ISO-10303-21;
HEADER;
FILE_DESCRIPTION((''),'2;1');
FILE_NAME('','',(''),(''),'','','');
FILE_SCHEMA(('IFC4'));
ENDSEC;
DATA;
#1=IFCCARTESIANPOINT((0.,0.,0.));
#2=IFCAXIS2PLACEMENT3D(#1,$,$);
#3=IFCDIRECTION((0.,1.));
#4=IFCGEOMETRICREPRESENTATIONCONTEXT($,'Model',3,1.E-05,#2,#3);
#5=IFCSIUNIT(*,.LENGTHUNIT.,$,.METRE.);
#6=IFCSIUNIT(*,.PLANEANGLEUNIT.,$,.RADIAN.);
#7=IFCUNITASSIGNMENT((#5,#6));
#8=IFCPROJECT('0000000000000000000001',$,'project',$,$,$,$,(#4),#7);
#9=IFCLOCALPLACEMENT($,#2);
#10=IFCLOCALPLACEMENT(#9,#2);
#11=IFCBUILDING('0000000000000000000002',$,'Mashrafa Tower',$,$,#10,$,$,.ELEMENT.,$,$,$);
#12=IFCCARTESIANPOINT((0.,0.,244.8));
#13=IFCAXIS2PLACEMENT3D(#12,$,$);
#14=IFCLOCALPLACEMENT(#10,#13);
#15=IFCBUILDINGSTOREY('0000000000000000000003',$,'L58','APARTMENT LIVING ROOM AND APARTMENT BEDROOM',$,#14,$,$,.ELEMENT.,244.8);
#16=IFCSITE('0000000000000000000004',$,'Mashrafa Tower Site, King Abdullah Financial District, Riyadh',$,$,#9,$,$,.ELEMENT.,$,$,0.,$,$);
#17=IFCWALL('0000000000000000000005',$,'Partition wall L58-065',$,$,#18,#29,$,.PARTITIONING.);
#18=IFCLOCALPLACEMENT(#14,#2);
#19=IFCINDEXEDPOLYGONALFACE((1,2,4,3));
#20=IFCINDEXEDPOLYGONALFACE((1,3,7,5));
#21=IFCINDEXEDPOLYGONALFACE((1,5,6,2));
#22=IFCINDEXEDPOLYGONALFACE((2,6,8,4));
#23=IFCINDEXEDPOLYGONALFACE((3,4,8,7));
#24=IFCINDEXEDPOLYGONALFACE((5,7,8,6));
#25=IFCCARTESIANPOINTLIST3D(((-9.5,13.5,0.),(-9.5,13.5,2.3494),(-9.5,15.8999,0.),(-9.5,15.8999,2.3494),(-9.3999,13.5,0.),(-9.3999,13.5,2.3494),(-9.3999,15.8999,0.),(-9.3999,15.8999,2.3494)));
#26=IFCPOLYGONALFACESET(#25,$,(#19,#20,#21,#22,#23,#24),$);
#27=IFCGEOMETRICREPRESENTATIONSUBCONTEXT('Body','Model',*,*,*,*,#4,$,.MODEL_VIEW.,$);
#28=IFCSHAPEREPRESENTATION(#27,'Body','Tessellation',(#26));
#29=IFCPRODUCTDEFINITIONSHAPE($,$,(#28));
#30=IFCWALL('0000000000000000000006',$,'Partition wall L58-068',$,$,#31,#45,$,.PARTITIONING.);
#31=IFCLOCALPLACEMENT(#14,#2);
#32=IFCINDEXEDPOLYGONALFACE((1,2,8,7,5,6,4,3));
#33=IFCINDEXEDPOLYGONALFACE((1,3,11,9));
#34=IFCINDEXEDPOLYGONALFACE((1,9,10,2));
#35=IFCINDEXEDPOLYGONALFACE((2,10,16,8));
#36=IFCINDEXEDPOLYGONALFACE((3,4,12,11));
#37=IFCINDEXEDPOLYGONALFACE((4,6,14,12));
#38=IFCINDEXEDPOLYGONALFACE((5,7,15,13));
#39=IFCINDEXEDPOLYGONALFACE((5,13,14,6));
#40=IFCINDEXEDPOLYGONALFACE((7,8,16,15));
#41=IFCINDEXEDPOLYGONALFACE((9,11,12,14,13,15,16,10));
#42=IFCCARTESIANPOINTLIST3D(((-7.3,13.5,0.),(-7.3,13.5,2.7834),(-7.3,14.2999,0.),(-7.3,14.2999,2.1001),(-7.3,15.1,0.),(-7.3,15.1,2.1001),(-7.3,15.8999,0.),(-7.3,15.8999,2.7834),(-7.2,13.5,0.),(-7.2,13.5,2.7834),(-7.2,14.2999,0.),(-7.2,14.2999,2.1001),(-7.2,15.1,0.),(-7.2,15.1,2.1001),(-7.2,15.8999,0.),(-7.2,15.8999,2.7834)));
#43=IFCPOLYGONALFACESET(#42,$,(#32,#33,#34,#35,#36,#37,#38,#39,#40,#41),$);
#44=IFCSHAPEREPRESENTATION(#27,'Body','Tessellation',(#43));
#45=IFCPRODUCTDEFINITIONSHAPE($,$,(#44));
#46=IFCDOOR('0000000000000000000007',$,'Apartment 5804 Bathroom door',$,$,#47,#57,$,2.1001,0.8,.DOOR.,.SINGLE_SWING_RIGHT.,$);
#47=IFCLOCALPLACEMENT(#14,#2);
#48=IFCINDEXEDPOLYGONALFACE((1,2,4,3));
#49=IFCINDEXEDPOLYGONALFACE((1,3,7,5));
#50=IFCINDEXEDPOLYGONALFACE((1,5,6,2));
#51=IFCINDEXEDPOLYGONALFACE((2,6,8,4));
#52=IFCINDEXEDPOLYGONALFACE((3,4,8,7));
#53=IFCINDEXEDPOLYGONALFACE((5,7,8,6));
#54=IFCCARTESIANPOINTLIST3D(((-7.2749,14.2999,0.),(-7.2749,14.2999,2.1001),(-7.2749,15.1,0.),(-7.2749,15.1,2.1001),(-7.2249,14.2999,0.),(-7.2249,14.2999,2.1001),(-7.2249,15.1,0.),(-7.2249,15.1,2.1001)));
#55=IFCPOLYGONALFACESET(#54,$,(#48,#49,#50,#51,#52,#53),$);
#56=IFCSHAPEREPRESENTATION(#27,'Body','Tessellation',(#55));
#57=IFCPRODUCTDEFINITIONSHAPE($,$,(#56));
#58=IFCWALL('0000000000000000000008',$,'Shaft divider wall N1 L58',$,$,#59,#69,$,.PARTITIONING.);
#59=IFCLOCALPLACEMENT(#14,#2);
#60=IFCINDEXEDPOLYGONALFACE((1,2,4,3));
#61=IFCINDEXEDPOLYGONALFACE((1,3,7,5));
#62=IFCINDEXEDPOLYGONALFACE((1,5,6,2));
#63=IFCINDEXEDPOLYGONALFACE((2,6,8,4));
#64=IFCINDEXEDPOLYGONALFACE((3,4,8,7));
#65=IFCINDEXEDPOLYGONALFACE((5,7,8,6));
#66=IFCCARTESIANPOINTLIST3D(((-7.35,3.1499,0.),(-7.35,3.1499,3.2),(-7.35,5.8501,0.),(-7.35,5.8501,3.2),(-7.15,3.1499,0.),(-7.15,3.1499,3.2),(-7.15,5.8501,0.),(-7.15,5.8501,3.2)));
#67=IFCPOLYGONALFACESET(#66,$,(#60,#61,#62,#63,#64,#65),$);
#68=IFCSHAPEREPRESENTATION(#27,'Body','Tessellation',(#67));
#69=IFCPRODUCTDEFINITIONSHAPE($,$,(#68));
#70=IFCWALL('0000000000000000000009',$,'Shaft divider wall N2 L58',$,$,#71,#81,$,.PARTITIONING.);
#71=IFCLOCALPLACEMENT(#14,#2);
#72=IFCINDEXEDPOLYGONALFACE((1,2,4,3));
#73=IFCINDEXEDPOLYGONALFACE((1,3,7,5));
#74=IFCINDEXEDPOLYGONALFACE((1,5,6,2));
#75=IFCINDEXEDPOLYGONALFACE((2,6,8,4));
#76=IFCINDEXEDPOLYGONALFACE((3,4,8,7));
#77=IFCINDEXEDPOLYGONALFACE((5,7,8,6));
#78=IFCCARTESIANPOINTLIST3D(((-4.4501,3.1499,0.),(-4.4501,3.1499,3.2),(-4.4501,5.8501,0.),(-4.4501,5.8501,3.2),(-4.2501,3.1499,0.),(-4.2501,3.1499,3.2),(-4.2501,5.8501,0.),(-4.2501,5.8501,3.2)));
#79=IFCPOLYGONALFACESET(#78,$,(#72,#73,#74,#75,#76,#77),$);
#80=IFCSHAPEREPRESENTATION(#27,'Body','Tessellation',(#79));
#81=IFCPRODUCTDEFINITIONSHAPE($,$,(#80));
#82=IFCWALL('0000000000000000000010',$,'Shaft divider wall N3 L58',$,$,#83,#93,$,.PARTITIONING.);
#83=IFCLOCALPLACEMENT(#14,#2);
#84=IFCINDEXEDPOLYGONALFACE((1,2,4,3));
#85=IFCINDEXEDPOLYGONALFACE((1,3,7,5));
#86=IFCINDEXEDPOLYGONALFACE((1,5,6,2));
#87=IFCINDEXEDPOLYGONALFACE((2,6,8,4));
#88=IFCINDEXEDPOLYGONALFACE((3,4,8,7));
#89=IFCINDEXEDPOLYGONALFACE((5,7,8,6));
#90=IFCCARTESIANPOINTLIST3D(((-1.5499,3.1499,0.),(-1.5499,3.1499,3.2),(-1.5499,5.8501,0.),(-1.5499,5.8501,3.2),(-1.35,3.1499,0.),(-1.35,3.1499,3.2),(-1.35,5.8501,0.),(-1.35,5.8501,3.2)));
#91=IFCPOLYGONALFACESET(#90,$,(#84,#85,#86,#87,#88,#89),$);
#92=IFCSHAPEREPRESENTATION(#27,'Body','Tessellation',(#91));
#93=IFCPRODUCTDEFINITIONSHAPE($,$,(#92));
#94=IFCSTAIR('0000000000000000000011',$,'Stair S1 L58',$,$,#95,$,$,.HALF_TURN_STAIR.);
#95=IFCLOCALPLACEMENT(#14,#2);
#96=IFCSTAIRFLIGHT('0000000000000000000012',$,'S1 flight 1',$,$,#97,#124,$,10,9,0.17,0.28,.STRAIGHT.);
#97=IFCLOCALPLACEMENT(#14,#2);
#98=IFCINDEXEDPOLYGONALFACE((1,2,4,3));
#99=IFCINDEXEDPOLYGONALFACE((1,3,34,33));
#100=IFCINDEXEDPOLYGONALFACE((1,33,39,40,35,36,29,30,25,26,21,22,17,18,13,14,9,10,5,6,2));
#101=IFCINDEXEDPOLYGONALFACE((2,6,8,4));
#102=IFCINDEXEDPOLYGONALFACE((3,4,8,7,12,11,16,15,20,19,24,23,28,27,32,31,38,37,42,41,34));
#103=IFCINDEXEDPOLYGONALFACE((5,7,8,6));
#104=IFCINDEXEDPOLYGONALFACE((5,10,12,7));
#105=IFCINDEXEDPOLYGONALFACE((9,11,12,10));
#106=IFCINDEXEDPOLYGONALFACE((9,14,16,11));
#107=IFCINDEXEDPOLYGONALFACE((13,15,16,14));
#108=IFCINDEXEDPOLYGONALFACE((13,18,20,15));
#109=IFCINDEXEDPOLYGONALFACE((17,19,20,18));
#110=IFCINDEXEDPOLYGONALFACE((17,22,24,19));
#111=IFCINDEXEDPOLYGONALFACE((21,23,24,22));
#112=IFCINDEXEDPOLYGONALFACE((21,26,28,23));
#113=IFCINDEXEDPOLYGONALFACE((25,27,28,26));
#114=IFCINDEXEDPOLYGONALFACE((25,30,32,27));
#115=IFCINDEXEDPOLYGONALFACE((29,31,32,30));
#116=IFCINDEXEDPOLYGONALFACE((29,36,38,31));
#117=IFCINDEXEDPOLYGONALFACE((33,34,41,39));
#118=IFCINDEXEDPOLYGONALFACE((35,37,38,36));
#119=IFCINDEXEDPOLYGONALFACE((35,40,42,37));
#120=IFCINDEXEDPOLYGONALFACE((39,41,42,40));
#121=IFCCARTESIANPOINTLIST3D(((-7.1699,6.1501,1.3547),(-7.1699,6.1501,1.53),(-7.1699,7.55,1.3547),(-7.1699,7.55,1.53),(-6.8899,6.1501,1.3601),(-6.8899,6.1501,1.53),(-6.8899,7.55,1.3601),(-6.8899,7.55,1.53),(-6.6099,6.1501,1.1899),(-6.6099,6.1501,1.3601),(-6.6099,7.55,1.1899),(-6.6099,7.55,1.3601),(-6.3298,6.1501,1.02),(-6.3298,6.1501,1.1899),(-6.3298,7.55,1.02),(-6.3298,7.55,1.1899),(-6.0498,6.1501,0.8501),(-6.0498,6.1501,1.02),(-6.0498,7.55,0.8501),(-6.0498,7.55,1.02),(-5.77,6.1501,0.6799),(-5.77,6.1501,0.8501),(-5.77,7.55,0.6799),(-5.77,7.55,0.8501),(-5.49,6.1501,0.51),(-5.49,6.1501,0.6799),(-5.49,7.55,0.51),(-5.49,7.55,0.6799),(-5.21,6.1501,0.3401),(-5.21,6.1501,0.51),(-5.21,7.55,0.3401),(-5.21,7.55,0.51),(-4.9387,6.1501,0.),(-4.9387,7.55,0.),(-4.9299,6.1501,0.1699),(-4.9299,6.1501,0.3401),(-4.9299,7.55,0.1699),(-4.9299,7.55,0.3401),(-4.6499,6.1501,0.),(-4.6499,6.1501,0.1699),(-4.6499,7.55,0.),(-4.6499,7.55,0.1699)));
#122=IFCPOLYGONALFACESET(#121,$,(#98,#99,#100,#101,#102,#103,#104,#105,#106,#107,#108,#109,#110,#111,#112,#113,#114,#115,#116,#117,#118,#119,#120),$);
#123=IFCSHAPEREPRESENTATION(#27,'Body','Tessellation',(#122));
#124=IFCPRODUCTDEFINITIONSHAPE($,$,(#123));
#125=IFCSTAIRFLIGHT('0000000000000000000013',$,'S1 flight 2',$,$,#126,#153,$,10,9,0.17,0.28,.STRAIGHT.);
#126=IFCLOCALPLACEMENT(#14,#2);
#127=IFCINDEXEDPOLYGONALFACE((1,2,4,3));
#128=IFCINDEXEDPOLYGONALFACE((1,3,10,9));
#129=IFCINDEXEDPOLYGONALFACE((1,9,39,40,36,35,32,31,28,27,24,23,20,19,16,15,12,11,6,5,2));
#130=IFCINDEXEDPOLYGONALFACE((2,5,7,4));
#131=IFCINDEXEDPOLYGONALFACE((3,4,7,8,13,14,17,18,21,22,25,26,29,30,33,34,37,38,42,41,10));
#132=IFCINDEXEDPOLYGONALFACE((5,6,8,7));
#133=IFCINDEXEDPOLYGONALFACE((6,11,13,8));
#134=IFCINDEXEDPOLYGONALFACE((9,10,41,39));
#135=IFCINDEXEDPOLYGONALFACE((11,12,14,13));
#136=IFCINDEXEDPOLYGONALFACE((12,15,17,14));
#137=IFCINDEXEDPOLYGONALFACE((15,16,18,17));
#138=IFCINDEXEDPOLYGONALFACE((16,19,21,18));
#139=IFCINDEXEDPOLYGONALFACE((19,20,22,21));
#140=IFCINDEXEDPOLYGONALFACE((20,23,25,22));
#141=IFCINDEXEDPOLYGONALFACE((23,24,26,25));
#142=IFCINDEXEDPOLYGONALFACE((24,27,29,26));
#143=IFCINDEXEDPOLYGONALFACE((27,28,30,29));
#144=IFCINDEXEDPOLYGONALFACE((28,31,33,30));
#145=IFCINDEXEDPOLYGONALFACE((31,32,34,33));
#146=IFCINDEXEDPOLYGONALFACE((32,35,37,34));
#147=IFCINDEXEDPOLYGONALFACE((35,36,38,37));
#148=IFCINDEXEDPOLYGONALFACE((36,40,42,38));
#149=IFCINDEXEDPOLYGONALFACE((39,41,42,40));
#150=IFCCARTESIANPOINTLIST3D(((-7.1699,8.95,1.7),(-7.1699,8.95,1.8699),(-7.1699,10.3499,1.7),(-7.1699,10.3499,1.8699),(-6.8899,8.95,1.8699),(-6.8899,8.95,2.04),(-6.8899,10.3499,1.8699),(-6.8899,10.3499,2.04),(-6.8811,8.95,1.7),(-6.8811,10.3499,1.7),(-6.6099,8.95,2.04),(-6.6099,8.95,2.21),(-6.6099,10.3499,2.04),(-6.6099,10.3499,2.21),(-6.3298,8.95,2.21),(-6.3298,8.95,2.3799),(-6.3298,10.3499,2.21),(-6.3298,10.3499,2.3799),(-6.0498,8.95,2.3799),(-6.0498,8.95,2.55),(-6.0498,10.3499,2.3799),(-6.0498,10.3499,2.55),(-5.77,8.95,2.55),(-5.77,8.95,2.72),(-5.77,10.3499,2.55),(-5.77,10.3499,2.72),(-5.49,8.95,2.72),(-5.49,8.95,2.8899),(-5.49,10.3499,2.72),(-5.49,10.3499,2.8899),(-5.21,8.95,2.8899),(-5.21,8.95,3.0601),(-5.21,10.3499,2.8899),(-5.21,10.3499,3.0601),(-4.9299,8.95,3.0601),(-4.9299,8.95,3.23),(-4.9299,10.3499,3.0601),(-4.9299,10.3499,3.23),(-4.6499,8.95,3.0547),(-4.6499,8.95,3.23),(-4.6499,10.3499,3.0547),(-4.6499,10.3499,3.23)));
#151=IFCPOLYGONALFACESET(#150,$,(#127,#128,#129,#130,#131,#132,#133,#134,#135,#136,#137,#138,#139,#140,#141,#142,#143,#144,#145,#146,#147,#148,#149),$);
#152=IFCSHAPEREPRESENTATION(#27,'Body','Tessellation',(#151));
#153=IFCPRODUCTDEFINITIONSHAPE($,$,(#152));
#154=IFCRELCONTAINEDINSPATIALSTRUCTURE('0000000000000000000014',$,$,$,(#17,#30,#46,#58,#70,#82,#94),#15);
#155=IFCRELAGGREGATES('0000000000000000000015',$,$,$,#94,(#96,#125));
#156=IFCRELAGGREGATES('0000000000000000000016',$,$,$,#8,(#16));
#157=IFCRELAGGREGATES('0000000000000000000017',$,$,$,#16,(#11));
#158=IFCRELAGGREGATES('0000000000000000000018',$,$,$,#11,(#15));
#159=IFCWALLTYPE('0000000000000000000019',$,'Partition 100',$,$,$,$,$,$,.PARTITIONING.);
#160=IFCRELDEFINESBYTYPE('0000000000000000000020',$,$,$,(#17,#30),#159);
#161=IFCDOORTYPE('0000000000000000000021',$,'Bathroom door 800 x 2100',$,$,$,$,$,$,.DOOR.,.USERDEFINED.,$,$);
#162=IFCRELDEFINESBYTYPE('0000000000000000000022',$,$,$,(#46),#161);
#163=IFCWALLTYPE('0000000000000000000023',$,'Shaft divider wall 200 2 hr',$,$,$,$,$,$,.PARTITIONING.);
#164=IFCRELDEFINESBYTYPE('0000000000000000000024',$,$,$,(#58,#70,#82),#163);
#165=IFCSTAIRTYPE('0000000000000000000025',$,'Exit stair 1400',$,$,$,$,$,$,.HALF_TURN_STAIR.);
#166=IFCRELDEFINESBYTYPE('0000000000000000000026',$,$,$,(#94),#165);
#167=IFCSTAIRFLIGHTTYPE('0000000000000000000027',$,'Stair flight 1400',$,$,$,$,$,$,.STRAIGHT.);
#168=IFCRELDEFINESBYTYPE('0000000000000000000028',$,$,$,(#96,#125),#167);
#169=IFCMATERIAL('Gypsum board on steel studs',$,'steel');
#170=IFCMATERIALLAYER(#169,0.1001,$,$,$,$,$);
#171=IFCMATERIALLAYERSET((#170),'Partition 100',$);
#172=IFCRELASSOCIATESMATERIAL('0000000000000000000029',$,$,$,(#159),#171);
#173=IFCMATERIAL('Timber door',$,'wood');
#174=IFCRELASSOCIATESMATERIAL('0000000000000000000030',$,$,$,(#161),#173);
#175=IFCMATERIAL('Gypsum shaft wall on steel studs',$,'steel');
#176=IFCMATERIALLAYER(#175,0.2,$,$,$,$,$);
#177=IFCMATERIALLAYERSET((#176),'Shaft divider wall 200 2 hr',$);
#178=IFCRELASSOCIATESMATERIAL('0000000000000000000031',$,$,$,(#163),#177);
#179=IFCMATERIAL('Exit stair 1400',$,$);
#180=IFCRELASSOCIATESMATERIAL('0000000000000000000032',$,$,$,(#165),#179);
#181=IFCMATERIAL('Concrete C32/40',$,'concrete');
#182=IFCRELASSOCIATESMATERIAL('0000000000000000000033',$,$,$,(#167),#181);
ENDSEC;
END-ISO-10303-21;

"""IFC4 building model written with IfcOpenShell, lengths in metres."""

from ifc_helpers import new_model, si_unit, direction, frame, frame_2d, origin, place, context, subcontext, project, spatial, polyline, rectangle, outline, extrude, material, layer, layer_set, type_object, element, fill, aggregate, save


model = new_model("IFC4")

# Units and contexts
model_context = context("Model", 3, precision=1e-05, world=origin(), true_north=direction((0.0, 1.0)))
body_context = subcontext(model_context, "Body", "Model", "MODEL_VIEW")
ifc_project = project(units=[si_unit("LENGTHUNIT", "METRE"), si_unit("PLANEANGLEUNIT", "RADIAN")], contexts=[model_context])

# Site, building, storey
site_placement = place(None, origin())
site = spatial("IfcSite", under=ifc_project, at=site_placement, Name="Mashrafa Tower Site, King Abdullah Financial District, Riyadh", CompositionType="ELEMENT", RefElevation=0.0)
building_placement = place(site_placement, origin())
building = spatial("IfcBuilding", under=site, at=building_placement, Name="Mashrafa Tower", CompositionType="ELEMENT")
storey_placement = place(building_placement, frame((0.0, 0.0, 244.8)))
storey = spatial("IfcBuildingStorey", under=building, at=storey_placement, Name="L58", Description="APARTMENT LIVING ROOM AND APARTMENT BEDROOM", CompositionType="ELEMENT", Elevation=244.8)

# Wall
ifc_material_1 = material(Name="Gypsum board on steel studs", Category="steel")
ifc_layer_1 = layer(ifc_material_1, 0.1001)
ifc_layer_set_1 = layer_set([ifc_layer_1], Name="Partition 100")
wall_type_1 = type_object("IfcWallType", Name="Partition 100", PredefinedType="PARTITIONING", material=ifc_layer_set_1)
wall_1_placement = place(storey_placement, frame((-9.45, 13.5, 0.0), z_axis=(0.0, 0.0, 1.0), x_axis=(0.0, 1.0, 0.0)))
element("IfcWall", 1, at=wall_1_placement, inside=storey, type_object=wall_type_1, Name="Partition wall L58-065", PredefinedType="PARTITIONING", context=body_context, shape_type="SweptSolid", body=[
    extrude(rectangle(XDim=2.3999, YDim=0.1001, at=frame_2d((1.2, 0.0))), origin(), (0.0, 0.0, 1.0), 2.3494),
])

# Wall, opening, door
wall_2_placement = place(storey_placement, frame((-7.25, 13.5, 0.0), z_axis=(0.0, 0.0, 1.0), x_axis=(0.0, 1.0, 0.0)))
wall_2 = element("IfcWall", 2, at=wall_2_placement, inside=storey, type_object=wall_type_1, Name="Partition wall L58-068", PredefinedType="PARTITIONING", context=body_context, shape_type="SweptSolid", body=[
    extrude(rectangle(XDim=2.3999, YDim=0.1001, at=frame_2d((1.2, 0.0))), origin(), (0.0, 0.0, 1.0), 2.7834),
])
opening_1_placement = place(wall_2_placement, frame((0.8, 0.0, 0.0)))
opening_1 = element("IfcOpeningElement", 3, at=opening_1_placement, cuts=wall_2, PredefinedType="OPENING", context=body_context, shape_type="SweptSolid", body=[
    extrude(rectangle(XDim=0.8, YDim=2.1001, at=frame_2d((0.3999, 1.05))), frame((0.0, 0.0601, 0.0), z_axis=(0.0, -1.0, 0.0), x_axis=(1.0, 0.0, 0.0)), (0.0, 0.0, 1.0), 0.1201),
])
ifc_material_2 = material(Name="Timber door", Category="wood")
door_type_1 = type_object("IfcDoorType", Name="Bathroom door 800 x 2100", OperationType="USERDEFINED", PredefinedType="DOOR", material=ifc_material_2)
door_1_placement = place(opening_1_placement, origin())
door_1 = element("IfcDoor", 4, at=door_1_placement, inside=storey, type_object=door_type_1, Name="Apartment 5804 Bathroom door", OperationType="SINGLE_SWING_RIGHT", OverallHeight=2.1001, OverallWidth=0.8, PredefinedType="DOOR", context=body_context, shape_type="SweptSolid", body=[
    extrude(rectangle(XDim=0.8, YDim=2.1001, at=frame_2d((0.3999, 1.05))), frame((0.0, 0.0249, 0.0), z_axis=(0.0, -1.0, 0.0), x_axis=(1.0, 0.0, 0.0)), (0.0, 0.0, 1.0), 0.05),
])
fill(opening_1, door_1)

# Walls
ifc_material_3 = material(Name="Gypsum shaft wall on steel studs", Category="steel")
ifc_layer_2 = layer(ifc_material_3, 0.2)
ifc_layer_set_2 = layer_set([ifc_layer_2], Name="Shaft divider wall 200 2 hr")
wall_type_2 = type_object("IfcWallType", Name="Shaft divider wall 200 2 hr", PredefinedType="PARTITIONING", material=ifc_layer_set_2)
for number, where, z_axis, x_axis, name in (
    (5, (-7.25, 3.1499, 0.0), (0.0, 0.0, 1.0), (0.0, 1.0, 0.0), "Shaft divider wall N1 L58"),
    (6, (-4.3501, 3.1499, 0.0), (0.0, 0.0, 1.0), (0.0, 1.0, 0.0), "Shaft divider wall N2 L58"),
    (7, (-1.45, 3.1499, 0.0), (0.0, 0.0, 1.0), (0.0, 1.0, 0.0), "Shaft divider wall N3 L58"),
):
    element("IfcWall", number, at=place(storey_placement, frame(where, z_axis=z_axis, x_axis=x_axis)), inside=storey, type_object=wall_type_2, Name=name, PredefinedType="PARTITIONING", context=body_context, shape_type="SweptSolid", body=[
        extrude(rectangle(XDim=2.7002, YDim=0.2, at=frame_2d((1.3501, 0.0))), origin(), (0.0, 0.0, 1.0), 3.2),
    ])

# Stair, stair flights
ifc_material_4 = material(Name="Exit stair 1400")
stair_type = type_object("IfcStairType", Name="Exit stair 1400", PredefinedType="HALF_TURN_STAIR", material=ifc_material_4)
stair_placement = place(storey_placement, origin())
stair = element("IfcStair", 8, at=stair_placement, inside=storey, type_object=stair_type, Name="Stair S1 L58", PredefinedType="HALF_TURN_STAIR")
ifc_material_5 = material(Name="Concrete C32/40", Category="concrete")
stair_flight_type = type_object("IfcStairFlightType", Name="Stair flight 1400", PredefinedType="STRAIGHT", material=ifc_material_5)
stair_flight_1_placement = place(storey_placement, frame((-4.6499, 6.8501, 0.0), z_axis=(0.0, 0.0, 1.0), x_axis=(-1.0, 0.0, 0.0)))
stair_flight_1 = element("IfcStairFlight", 9, at=stair_flight_1_placement, type_object=stair_flight_type, Name="S1 flight 1", NumberOfRisers=10, NumberOfTreads=9, PredefinedType="STRAIGHT", RiserHeight=0.17, TreadLength=0.28, context=body_context, shape_type="SweptSolid", body=[
    extrude(outline(polyline([(0.0, 0.0), (0.0, 0.1699), (0.28, 0.1699), (0.28, 0.3401), (0.5601, 0.3401), (0.5601, 0.51), (0.8401, 0.51), (0.8401, 0.6799), (1.1201, 0.6799), (1.1201, 0.8501), (1.3999, 0.8501), (1.3999, 1.02), (1.6799, 1.02), (1.6799, 1.1899), (1.96, 1.1899), (1.96, 1.3601), (2.24, 1.3601), (2.24, 1.53), (2.52, 1.53), (2.52, 1.7), (2.52, 1.3547), (0.2888, 0.0), (0.0, 0.0)])), frame((0.0, 0.7, 0.0), z_axis=(0.0, -1.0, 0.0), x_axis=(1.0, 0.0, 0.0)), (0.0, 0.0, 1.0), 1.3999),
])
stair_flight_2_placement = place(storey_placement, frame((-7.1699, 9.6499, 1.7), z_axis=(0.0, 0.0, 1.0), x_axis=(1.0, 0.0, 0.0)))
stair_flight_2 = element("IfcStairFlight", 10, at=stair_flight_2_placement, type_object=stair_flight_type, Name="S1 flight 2", NumberOfRisers=10, NumberOfTreads=9, PredefinedType="STRAIGHT", RiserHeight=0.17, TreadLength=0.28, context=body_context, shape_type="SweptSolid", body=[
    extrude(outline(polyline([(0.0, 0.0), (0.0, 0.1699), (0.28, 0.1699), (0.28, 0.3401), (0.5601, 0.3401), (0.5601, 0.51), (0.8401, 0.51), (0.8401, 0.6799), (1.1201, 0.6799), (1.1201, 0.8501), (1.3999, 0.8501), (1.3999, 1.02), (1.6799, 1.02), (1.6799, 1.1899), (1.96, 1.1899), (1.96, 1.3601), (2.24, 1.3601), (2.24, 1.53), (2.52, 1.53), (2.52, 1.7), (2.52, 1.3547), (0.2888, 0.0), (0.0, 0.0)])), frame((0.0, 0.7, 0.0), z_axis=(0.0, -1.0, 0.0), x_axis=(1.0, 0.0, 0.0)), (0.0, 0.0, 1.0), 1.3999),
])
aggregate(stair, [stair_flight_1, stair_flight_2])

save(model, "model.ifc")
